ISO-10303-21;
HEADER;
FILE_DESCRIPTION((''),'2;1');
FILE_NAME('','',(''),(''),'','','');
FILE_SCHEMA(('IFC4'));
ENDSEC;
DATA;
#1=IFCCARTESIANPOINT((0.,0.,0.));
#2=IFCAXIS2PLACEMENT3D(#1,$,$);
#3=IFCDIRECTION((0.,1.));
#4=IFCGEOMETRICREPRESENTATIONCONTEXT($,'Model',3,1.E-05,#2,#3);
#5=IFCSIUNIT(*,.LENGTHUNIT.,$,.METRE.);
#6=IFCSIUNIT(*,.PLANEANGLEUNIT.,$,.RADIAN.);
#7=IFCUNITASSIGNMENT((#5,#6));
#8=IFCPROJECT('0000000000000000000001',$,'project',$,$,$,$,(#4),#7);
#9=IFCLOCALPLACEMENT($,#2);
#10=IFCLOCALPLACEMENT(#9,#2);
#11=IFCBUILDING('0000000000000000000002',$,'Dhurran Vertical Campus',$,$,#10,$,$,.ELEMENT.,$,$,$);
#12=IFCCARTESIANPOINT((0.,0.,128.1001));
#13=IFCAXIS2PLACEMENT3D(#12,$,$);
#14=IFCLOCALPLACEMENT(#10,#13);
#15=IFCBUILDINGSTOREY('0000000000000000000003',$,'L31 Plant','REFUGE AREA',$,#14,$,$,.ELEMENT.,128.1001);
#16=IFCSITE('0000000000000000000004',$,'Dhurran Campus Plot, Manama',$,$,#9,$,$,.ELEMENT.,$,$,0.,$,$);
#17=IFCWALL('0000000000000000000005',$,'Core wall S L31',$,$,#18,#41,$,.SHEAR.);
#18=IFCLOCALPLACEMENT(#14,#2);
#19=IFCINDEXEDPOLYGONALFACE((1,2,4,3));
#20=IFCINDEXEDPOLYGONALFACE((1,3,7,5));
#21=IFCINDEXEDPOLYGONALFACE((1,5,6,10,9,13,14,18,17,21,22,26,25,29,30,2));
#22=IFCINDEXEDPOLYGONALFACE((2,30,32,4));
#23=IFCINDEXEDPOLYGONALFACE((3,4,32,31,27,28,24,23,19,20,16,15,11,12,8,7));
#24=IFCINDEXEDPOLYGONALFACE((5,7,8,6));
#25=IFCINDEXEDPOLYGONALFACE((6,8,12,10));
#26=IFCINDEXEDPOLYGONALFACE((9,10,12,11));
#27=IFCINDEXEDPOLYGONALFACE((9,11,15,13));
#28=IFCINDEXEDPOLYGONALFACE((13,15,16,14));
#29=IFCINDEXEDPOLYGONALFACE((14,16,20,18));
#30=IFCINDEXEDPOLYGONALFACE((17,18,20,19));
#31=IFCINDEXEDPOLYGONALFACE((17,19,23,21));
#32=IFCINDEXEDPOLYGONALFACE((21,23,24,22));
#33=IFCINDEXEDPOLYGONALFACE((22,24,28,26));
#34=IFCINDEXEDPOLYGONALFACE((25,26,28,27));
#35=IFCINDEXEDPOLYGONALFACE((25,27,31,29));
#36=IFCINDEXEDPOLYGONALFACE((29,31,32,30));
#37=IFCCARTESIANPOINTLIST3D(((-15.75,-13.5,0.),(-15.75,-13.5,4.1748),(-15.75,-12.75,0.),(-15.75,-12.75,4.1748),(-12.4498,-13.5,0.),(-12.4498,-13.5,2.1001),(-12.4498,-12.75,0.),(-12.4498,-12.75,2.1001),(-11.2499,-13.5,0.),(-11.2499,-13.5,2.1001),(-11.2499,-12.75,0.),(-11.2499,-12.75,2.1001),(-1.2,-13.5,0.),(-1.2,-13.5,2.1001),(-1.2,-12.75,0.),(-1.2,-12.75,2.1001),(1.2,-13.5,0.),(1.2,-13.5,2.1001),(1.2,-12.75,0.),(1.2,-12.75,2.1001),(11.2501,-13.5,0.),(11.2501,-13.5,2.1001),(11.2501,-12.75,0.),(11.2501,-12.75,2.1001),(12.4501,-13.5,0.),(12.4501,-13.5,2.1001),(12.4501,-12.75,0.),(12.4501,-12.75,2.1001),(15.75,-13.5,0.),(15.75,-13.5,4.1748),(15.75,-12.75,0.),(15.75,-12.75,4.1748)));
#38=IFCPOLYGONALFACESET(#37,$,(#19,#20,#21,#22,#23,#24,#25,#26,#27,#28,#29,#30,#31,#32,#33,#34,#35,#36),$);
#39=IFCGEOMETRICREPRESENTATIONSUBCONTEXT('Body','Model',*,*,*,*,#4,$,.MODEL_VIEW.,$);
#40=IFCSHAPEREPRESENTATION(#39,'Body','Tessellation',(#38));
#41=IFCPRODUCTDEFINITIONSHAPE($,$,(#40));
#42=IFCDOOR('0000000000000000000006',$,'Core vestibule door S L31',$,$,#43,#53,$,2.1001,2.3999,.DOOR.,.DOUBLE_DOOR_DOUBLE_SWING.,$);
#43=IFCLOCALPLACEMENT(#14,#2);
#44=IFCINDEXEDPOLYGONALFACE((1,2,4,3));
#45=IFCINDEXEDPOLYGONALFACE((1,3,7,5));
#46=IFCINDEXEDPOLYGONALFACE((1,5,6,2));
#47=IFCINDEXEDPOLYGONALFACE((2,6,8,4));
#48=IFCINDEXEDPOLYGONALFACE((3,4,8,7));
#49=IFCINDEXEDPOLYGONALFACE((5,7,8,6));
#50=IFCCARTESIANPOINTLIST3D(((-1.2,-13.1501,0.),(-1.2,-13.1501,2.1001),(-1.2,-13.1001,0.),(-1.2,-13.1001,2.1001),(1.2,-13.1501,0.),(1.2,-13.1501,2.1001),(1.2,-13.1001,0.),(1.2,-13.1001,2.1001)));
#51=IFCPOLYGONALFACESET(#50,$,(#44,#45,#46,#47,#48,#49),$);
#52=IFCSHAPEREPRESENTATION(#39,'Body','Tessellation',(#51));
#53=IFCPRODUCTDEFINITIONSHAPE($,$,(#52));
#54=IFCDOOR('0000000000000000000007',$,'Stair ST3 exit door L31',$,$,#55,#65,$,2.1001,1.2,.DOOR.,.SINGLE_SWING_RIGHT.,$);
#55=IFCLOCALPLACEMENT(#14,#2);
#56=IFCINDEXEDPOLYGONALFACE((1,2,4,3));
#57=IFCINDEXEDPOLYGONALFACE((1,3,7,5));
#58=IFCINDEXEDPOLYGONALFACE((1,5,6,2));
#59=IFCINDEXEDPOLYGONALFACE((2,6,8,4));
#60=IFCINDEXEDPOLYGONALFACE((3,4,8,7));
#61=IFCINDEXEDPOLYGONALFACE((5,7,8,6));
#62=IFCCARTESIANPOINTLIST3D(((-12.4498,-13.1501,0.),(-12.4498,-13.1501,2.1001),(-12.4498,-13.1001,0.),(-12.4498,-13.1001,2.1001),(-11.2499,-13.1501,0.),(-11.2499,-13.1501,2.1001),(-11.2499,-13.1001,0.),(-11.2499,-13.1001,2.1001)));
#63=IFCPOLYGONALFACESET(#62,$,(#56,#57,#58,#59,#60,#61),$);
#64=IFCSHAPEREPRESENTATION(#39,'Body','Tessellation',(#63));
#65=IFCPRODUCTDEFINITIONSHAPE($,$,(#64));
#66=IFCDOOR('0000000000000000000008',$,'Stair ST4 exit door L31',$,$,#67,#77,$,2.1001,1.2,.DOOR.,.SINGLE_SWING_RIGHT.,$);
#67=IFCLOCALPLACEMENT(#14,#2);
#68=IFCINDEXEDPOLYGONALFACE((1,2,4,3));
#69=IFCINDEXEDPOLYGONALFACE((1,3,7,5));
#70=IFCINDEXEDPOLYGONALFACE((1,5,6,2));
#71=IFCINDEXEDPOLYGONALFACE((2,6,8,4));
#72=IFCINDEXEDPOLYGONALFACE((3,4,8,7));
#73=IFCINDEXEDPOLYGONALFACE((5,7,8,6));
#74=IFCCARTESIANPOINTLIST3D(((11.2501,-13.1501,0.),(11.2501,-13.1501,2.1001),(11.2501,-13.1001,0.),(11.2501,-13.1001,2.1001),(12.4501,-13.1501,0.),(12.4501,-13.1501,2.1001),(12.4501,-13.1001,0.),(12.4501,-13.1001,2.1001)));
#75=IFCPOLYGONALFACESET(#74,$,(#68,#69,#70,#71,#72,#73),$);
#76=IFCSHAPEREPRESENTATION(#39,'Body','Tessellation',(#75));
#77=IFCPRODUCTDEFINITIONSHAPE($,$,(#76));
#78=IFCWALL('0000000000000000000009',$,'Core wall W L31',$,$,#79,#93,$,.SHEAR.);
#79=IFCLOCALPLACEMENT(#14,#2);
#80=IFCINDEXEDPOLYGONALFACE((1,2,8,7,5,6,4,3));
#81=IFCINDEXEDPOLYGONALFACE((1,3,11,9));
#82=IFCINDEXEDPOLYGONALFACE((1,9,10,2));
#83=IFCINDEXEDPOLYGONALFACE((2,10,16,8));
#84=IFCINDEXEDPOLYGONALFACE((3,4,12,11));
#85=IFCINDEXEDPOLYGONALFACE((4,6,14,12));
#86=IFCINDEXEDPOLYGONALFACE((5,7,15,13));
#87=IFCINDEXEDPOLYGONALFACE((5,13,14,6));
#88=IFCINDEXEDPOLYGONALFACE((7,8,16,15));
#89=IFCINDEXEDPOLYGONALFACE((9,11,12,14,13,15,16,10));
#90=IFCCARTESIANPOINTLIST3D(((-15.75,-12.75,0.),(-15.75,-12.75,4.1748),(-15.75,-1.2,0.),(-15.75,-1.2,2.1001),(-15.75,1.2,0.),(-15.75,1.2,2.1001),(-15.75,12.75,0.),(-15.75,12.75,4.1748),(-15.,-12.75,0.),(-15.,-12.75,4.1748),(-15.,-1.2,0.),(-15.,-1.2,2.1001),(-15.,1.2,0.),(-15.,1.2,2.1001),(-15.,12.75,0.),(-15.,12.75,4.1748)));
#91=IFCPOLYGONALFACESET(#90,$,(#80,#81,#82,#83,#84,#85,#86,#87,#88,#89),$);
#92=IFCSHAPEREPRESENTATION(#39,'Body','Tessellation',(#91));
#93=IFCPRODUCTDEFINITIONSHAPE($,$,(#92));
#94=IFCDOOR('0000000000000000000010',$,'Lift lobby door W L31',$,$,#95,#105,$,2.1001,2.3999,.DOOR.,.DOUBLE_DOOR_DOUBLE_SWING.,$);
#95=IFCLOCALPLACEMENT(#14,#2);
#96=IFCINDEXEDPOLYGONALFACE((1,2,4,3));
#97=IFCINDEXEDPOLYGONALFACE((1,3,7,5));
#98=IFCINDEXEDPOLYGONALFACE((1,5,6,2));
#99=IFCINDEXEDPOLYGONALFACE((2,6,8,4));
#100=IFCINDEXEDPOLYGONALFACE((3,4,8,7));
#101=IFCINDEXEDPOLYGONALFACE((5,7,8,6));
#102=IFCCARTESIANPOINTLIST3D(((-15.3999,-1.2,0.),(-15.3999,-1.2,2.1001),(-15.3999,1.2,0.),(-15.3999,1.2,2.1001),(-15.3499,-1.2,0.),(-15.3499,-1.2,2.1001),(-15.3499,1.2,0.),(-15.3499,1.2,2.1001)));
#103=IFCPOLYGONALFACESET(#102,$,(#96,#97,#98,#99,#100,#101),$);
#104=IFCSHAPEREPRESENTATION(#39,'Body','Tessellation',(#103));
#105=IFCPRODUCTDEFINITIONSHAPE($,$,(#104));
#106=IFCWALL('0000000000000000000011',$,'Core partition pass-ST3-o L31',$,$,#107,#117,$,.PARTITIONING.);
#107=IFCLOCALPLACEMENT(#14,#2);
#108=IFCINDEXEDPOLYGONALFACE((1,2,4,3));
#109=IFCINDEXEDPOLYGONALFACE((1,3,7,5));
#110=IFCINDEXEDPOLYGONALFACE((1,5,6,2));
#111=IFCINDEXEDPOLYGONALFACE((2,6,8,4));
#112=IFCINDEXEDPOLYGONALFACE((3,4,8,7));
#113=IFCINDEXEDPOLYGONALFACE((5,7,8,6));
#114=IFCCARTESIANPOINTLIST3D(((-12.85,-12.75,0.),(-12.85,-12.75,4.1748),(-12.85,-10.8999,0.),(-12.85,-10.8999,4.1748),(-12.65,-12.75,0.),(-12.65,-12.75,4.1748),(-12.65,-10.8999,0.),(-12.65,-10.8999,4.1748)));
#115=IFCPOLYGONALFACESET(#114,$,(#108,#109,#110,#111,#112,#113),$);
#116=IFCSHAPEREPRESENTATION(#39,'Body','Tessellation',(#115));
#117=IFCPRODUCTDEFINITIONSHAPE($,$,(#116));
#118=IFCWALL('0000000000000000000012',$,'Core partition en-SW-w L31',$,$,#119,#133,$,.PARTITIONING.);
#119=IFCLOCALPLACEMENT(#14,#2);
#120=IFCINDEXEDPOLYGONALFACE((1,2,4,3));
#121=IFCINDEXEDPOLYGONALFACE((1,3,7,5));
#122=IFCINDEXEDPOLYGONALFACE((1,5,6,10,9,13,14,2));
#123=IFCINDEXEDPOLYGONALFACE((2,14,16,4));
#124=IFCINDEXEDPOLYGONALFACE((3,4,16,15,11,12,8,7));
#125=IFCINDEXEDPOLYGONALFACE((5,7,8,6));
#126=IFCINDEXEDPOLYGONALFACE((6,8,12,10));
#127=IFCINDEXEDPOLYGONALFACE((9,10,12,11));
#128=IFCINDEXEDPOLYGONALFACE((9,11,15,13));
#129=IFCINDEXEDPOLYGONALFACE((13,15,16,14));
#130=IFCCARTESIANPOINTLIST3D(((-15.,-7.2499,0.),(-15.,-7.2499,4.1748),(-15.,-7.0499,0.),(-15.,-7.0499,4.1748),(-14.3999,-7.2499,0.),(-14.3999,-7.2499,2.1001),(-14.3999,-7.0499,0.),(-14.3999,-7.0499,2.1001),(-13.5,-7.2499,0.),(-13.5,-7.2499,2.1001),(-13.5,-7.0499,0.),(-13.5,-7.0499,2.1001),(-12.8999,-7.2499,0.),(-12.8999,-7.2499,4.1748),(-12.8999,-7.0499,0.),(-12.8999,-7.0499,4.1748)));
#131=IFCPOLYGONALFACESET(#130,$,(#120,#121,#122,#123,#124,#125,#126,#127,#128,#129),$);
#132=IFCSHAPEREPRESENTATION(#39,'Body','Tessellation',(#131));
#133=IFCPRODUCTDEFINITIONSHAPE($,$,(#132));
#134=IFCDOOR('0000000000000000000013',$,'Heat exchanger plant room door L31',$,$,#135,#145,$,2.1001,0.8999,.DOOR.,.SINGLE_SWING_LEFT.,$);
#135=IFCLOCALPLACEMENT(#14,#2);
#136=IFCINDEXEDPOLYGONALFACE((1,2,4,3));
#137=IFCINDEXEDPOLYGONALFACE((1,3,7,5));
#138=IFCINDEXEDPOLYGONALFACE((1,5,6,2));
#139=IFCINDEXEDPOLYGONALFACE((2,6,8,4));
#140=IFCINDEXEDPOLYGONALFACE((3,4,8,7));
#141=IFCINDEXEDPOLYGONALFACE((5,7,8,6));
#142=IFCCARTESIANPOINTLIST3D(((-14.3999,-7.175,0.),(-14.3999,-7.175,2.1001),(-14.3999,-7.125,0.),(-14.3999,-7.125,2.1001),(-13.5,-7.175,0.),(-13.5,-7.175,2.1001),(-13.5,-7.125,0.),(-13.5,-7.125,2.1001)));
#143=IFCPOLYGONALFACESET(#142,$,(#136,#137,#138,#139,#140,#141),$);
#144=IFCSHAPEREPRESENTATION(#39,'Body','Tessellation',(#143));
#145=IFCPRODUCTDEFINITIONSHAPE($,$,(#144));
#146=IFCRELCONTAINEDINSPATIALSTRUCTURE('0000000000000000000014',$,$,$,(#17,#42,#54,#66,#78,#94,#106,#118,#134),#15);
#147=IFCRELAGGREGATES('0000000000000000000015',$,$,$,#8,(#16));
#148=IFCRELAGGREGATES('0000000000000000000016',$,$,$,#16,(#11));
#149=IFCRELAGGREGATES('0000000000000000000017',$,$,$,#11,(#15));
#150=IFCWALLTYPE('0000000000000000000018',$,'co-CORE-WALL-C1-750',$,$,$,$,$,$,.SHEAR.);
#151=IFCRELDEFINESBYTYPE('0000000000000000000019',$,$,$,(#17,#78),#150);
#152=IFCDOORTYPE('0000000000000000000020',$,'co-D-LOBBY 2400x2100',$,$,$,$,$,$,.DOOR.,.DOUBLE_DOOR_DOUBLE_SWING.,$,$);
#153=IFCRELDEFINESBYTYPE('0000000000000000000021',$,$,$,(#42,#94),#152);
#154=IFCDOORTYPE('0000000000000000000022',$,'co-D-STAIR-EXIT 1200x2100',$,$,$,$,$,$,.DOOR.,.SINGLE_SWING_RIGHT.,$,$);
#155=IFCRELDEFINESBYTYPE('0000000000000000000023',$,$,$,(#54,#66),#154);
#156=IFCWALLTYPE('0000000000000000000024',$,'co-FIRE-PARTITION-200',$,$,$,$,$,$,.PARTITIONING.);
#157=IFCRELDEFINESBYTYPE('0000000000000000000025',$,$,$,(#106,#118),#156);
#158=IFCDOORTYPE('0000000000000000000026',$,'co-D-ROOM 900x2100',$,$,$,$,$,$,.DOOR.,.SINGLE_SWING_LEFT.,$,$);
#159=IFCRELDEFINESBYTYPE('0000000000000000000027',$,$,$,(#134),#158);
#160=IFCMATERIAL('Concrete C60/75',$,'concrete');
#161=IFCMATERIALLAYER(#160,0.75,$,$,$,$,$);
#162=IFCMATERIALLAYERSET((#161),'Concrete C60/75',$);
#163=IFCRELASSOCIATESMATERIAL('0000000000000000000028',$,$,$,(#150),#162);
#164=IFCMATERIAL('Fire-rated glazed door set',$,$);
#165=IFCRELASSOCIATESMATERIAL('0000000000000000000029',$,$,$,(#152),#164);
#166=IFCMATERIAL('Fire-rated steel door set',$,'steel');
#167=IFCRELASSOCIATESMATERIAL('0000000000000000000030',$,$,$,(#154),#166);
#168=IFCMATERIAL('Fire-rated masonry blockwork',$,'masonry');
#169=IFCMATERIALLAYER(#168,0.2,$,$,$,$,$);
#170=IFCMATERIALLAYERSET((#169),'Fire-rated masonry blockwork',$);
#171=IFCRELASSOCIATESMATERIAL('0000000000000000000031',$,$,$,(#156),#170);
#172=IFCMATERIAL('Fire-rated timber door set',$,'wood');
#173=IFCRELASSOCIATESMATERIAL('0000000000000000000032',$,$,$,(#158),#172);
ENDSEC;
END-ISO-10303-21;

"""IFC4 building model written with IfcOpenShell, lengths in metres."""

from ifc_helpers import new_model, si_unit, direction, frame, frame_2d, origin, place, context, subcontext, project, spatial, rectangle, extrude, material, layer, layer_set, type_object, element, fill, save


model = new_model("IFC4")

# Units and contexts
model_context = context("Model", 3, precision=1e-05, world=origin(), true_north=direction((0.0, 1.0)))
body_context = subcontext(model_context, "Body", "Model", "MODEL_VIEW")
ifc_project = project(units=[si_unit("LENGTHUNIT", "METRE"), si_unit("PLANEANGLEUNIT", "RADIAN")], contexts=[model_context])

# Site, building, storey
site_placement = place(None, origin())
site = spatial("IfcSite", under=ifc_project, at=site_placement, Name="Dhurran Campus Plot, Manama", CompositionType="ELEMENT", RefElevation=0.0)
building_placement = place(site_placement, origin())
building = spatial("IfcBuilding", under=site, at=building_placement, Name="Dhurran Vertical Campus", CompositionType="ELEMENT")
storey_placement = place(building_placement, frame((0.0, 0.0, 128.1001)))
storey = spatial("IfcBuildingStorey", under=building, at=storey_placement, Name="L31 Plant", Description="REFUGE AREA", CompositionType="ELEMENT", Elevation=128.1001)

# Wall, openings, doors
ifc_material_1 = material(Name="Concrete C60/75", Category="concrete")
ifc_layer_1 = layer(ifc_material_1, 0.75)
ifc_layer_set_1 = layer_set([ifc_layer_1], Name="Concrete C60/75")
wall_type_1 = type_object("IfcWallType", Name="co-CORE-WALL-C1-750", PredefinedType="SHEAR", material=ifc_layer_set_1)
wall_1_placement = place(storey_placement, frame((-15.75, -13.125, 0.0), z_axis=(0.0, 0.0, 1.0), x_axis=(1.0, 0.0, 0.0)))
wall_1 = element("IfcWall", 1, at=wall_1_placement, inside=storey, type_object=wall_type_1, Name="Core wall S L31", PredefinedType="SHEAR", context=body_context, shape_type="SweptSolid", body=[
    extrude(rectangle(XDim=31.5, YDim=0.75, at=frame_2d((15.75, 0.0))), origin(), (0.0, 0.0, 1.0), 4.1748),
])
opening_1_placement = place(wall_1_placement, frame((14.55, 0.0, 0.0)))
opening_1 = element("IfcOpeningElement", 2, at=opening_1_placement, cuts=wall_1, PredefinedType="OPENING", context=body_context, shape_type="SweptSolid", body=[
    extrude(rectangle(XDim=2.3999, YDim=2.1001, at=frame_2d((1.2, 1.05))), frame((0.0, 0.385, 0.0), z_axis=(0.0, -1.0, 0.0), x_axis=(1.0, 0.0, 0.0)), (0.0, 0.0, 1.0), 0.77),
])
opening_2_placement = place(wall_1_placement, frame((3.3, 0.0, 0.0)))
opening_2 = element("IfcOpeningElement", 3, at=opening_2_placement, cuts=wall_1, PredefinedType="OPENING", context=body_context, shape_type="SweptSolid", body=[
    extrude(rectangle(XDim=1.2, YDim=2.1001, at=frame_2d((0.6001, 1.05))), frame((0.0, 0.385, 0.0), z_axis=(0.0, -1.0, 0.0), x_axis=(1.0, 0.0, 0.0)), (0.0, 0.0, 1.0), 0.77),
])
opening_3_placement = place(wall_1_placement, frame((27.0, 0.0, 0.0)))
opening_3 = element("IfcOpeningElement", 4, at=opening_3_placement, cuts=wall_1, PredefinedType="OPENING", context=body_context, shape_type="SweptSolid", body=[
    extrude(rectangle(XDim=1.2, YDim=2.1001, at=frame_2d((0.6001, 1.05))), frame((0.0, 0.385, 0.0), z_axis=(0.0, -1.0, 0.0), x_axis=(1.0, 0.0, 0.0)), (0.0, 0.0, 1.0), 0.77),
])
ifc_material_2 = material(Name="Fire-rated glazed door set")
door_type_1 = type_object("IfcDoorType", Name="co-D-LOBBY 2400x2100", OperationType="DOUBLE_DOOR_DOUBLE_SWING", PredefinedType="DOOR", material=ifc_material_2)
door_1_placement = place(opening_1_placement, origin())
door_1 = element("IfcDoor", 5, at=door_1_placement, inside=storey, type_object=door_type_1, Name="Core vestibule door S L31", OperationType="DOUBLE_DOOR_DOUBLE_SWING", OverallHeight=2.1001, OverallWidth=2.3999, PredefinedType="DOOR", context=body_context, shape_type="SweptSolid", body=[
    extrude(rectangle(XDim=2.3999, YDim=2.1001, at=frame_2d((1.2, 1.05))), frame((0.0, 0.0249, 0.0), z_axis=(0.0, -1.0, 0.0), x_axis=(1.0, 0.0, 0.0)), (0.0, 0.0, 1.0), 0.05),
])
fill(opening_1, door_1)
ifc_material_3 = material(Name="Fire-rated steel door set", Category="steel")
door_type_2 = type_object("IfcDoorType", Name="co-D-STAIR-EXIT 1200x2100", OperationType="SINGLE_SWING_RIGHT", PredefinedType="DOOR", material=ifc_material_3)
door_2_placement = place(opening_2_placement, origin())
door_2 = element("IfcDoor", 6, at=door_2_placement, inside=storey, type_object=door_type_2, Name="Stair ST3 exit door L31", OperationType="SINGLE_SWING_RIGHT", OverallHeight=2.1001, OverallWidth=1.2, PredefinedType="DOOR", context=body_context, shape_type="SweptSolid", body=[
    extrude(rectangle(XDim=1.2, YDim=2.1001, at=frame_2d((0.6001, 1.05))), frame((0.0, 0.0249, 0.0), z_axis=(0.0, -1.0, 0.0), x_axis=(1.0, 0.0, 0.0)), (0.0, 0.0, 1.0), 0.05),
])
fill(opening_2, door_2)
door_3_placement = place(opening_3_placement, origin())
door_3 = element("IfcDoor", 7, at=door_3_placement, inside=storey, type_object=door_type_2, Name="Stair ST4 exit door L31", OperationType="SINGLE_SWING_RIGHT", OverallHeight=2.1001, OverallWidth=1.2, PredefinedType="DOOR", context=body_context, shape_type="SweptSolid", body=[
    extrude(rectangle(XDim=1.2, YDim=2.1001, at=frame_2d((0.6001, 1.05))), frame((0.0, 0.0249, 0.0), z_axis=(0.0, -1.0, 0.0), x_axis=(1.0, 0.0, 0.0)), (0.0, 0.0, 1.0), 0.05),
])
fill(opening_3, door_3)

# Wall, opening, door
wall_2_placement = place(storey_placement, frame((-15.375, -12.75, 0.0), z_axis=(0.0, 0.0, 1.0), x_axis=(0.0, 1.0, 0.0)))
wall_2 = element("IfcWall", 8, at=wall_2_placement, inside=storey, type_object=wall_type_1, Name="Core wall W L31", PredefinedType="SHEAR", context=body_context, shape_type="SweptSolid", body=[
    extrude(rectangle(XDim=25.5, YDim=0.75, at=frame_2d((12.75, 0.0))), origin(), (0.0, 0.0, 1.0), 4.1748),
])
opening_4_placement = place(wall_2_placement, frame((11.55, 0.0, 0.0)))
opening_4 = element("IfcOpeningElement", 9, at=opening_4_placement, cuts=wall_2, PredefinedType="OPENING", context=body_context, shape_type="SweptSolid", body=[
    extrude(rectangle(XDim=2.3999, YDim=2.1001, at=frame_2d((1.2, 1.05))), frame((0.0, 0.385, 0.0), z_axis=(0.0, -1.0, 0.0), x_axis=(1.0, 0.0, 0.0)), (0.0, 0.0, 1.0), 0.77),
])
door_4_placement = place(opening_4_placement, origin())
door_4 = element("IfcDoor", 10, at=door_4_placement, inside=storey, type_object=door_type_1, Name="Lift lobby door W L31", OperationType="DOUBLE_DOOR_DOUBLE_SWING", OverallHeight=2.1001, OverallWidth=2.3999, PredefinedType="DOOR", context=body_context, shape_type="SweptSolid", body=[
    extrude(rectangle(XDim=2.3999, YDim=2.1001, at=frame_2d((1.2, 1.05))), frame((0.0, 0.0249, 0.0), z_axis=(0.0, -1.0, 0.0), x_axis=(1.0, 0.0, 0.0)), (0.0, 0.0, 1.0), 0.05),
])
fill(opening_4, door_4)

# Wall
ifc_material_4 = material(Name="Fire-rated masonry blockwork", Category="masonry")
ifc_layer_2 = layer(ifc_material_4, 0.2)
ifc_layer_set_2 = layer_set([ifc_layer_2], Name="Fire-rated masonry blockwork")
wall_type_2 = type_object("IfcWallType", Name="co-FIRE-PARTITION-200", PredefinedType="PARTITIONING", material=ifc_layer_set_2)
wall_3_placement = place(storey_placement, frame((-12.75, -12.75, 0.0), z_axis=(0.0, 0.0, 1.0), x_axis=(0.0, 1.0, 0.0)))
element("IfcWall", 11, at=wall_3_placement, inside=storey, type_object=wall_type_2, Name="Core partition pass-ST3-o L31", PredefinedType="PARTITIONING", context=body_context, shape_type="SweptSolid", body=[
    extrude(rectangle(XDim=1.8501, YDim=0.2, at=frame_2d((0.925, 0.0))), origin(), (0.0, 0.0, 1.0), 4.1748),
])

# Wall, opening, door
wall_4_placement = place(storey_placement, frame((-15.0, -7.1499, 0.0), z_axis=(0.0, 0.0, 1.0), x_axis=(1.0, 0.0, 0.0)))
wall_4 = element("IfcWall", 12, at=wall_4_placement, inside=storey, type_object=wall_type_2, Name="Core partition en-SW-w L31", PredefinedType="PARTITIONING", context=body_context, shape_type="SweptSolid", body=[
    extrude(rectangle(XDim=2.1001, YDim=0.2, at=frame_2d((1.05, 0.0))), origin(), (0.0, 0.0, 1.0), 4.1748),
])
opening_5_placement = place(wall_4_placement, frame((0.6001, 0.0, 0.0)))
opening_5 = element("IfcOpeningElement", 13, at=opening_5_placement, cuts=wall_4, PredefinedType="OPENING", context=body_context, shape_type="SweptSolid", body=[
    extrude(rectangle(XDim=0.8999, YDim=2.1001, at=frame_2d((0.45, 1.05))), frame((0.0, 0.1099, 0.0), z_axis=(0.0, -1.0, 0.0), x_axis=(1.0, 0.0, 0.0)), (0.0, 0.0, 1.0), 0.22),
])
ifc_material_5 = material(Name="Fire-rated timber door set", Category="wood")
door_type_3 = type_object("IfcDoorType", Name="co-D-ROOM 900x2100", OperationType="SINGLE_SWING_LEFT", PredefinedType="DOOR", material=ifc_material_5)
door_5_placement = place(opening_5_placement, origin())
door_5 = element("IfcDoor", 14, at=door_5_placement, inside=storey, type_object=door_type_3, Name="Heat exchanger plant room door L31", OperationType="SINGLE_SWING_LEFT", OverallHeight=2.1001, OverallWidth=0.8999, PredefinedType="DOOR", context=body_context, shape_type="SweptSolid", body=[
    extrude(rectangle(XDim=0.8999, YDim=2.1001, at=frame_2d((0.45, 1.05))), frame((0.0, 0.0249, 0.0), z_axis=(0.0, -1.0, 0.0), x_axis=(1.0, 0.0, 0.0)), (0.0, 0.0, 1.0), 0.05),
])
fill(opening_5, door_5)

save(model, "model.ifc")
